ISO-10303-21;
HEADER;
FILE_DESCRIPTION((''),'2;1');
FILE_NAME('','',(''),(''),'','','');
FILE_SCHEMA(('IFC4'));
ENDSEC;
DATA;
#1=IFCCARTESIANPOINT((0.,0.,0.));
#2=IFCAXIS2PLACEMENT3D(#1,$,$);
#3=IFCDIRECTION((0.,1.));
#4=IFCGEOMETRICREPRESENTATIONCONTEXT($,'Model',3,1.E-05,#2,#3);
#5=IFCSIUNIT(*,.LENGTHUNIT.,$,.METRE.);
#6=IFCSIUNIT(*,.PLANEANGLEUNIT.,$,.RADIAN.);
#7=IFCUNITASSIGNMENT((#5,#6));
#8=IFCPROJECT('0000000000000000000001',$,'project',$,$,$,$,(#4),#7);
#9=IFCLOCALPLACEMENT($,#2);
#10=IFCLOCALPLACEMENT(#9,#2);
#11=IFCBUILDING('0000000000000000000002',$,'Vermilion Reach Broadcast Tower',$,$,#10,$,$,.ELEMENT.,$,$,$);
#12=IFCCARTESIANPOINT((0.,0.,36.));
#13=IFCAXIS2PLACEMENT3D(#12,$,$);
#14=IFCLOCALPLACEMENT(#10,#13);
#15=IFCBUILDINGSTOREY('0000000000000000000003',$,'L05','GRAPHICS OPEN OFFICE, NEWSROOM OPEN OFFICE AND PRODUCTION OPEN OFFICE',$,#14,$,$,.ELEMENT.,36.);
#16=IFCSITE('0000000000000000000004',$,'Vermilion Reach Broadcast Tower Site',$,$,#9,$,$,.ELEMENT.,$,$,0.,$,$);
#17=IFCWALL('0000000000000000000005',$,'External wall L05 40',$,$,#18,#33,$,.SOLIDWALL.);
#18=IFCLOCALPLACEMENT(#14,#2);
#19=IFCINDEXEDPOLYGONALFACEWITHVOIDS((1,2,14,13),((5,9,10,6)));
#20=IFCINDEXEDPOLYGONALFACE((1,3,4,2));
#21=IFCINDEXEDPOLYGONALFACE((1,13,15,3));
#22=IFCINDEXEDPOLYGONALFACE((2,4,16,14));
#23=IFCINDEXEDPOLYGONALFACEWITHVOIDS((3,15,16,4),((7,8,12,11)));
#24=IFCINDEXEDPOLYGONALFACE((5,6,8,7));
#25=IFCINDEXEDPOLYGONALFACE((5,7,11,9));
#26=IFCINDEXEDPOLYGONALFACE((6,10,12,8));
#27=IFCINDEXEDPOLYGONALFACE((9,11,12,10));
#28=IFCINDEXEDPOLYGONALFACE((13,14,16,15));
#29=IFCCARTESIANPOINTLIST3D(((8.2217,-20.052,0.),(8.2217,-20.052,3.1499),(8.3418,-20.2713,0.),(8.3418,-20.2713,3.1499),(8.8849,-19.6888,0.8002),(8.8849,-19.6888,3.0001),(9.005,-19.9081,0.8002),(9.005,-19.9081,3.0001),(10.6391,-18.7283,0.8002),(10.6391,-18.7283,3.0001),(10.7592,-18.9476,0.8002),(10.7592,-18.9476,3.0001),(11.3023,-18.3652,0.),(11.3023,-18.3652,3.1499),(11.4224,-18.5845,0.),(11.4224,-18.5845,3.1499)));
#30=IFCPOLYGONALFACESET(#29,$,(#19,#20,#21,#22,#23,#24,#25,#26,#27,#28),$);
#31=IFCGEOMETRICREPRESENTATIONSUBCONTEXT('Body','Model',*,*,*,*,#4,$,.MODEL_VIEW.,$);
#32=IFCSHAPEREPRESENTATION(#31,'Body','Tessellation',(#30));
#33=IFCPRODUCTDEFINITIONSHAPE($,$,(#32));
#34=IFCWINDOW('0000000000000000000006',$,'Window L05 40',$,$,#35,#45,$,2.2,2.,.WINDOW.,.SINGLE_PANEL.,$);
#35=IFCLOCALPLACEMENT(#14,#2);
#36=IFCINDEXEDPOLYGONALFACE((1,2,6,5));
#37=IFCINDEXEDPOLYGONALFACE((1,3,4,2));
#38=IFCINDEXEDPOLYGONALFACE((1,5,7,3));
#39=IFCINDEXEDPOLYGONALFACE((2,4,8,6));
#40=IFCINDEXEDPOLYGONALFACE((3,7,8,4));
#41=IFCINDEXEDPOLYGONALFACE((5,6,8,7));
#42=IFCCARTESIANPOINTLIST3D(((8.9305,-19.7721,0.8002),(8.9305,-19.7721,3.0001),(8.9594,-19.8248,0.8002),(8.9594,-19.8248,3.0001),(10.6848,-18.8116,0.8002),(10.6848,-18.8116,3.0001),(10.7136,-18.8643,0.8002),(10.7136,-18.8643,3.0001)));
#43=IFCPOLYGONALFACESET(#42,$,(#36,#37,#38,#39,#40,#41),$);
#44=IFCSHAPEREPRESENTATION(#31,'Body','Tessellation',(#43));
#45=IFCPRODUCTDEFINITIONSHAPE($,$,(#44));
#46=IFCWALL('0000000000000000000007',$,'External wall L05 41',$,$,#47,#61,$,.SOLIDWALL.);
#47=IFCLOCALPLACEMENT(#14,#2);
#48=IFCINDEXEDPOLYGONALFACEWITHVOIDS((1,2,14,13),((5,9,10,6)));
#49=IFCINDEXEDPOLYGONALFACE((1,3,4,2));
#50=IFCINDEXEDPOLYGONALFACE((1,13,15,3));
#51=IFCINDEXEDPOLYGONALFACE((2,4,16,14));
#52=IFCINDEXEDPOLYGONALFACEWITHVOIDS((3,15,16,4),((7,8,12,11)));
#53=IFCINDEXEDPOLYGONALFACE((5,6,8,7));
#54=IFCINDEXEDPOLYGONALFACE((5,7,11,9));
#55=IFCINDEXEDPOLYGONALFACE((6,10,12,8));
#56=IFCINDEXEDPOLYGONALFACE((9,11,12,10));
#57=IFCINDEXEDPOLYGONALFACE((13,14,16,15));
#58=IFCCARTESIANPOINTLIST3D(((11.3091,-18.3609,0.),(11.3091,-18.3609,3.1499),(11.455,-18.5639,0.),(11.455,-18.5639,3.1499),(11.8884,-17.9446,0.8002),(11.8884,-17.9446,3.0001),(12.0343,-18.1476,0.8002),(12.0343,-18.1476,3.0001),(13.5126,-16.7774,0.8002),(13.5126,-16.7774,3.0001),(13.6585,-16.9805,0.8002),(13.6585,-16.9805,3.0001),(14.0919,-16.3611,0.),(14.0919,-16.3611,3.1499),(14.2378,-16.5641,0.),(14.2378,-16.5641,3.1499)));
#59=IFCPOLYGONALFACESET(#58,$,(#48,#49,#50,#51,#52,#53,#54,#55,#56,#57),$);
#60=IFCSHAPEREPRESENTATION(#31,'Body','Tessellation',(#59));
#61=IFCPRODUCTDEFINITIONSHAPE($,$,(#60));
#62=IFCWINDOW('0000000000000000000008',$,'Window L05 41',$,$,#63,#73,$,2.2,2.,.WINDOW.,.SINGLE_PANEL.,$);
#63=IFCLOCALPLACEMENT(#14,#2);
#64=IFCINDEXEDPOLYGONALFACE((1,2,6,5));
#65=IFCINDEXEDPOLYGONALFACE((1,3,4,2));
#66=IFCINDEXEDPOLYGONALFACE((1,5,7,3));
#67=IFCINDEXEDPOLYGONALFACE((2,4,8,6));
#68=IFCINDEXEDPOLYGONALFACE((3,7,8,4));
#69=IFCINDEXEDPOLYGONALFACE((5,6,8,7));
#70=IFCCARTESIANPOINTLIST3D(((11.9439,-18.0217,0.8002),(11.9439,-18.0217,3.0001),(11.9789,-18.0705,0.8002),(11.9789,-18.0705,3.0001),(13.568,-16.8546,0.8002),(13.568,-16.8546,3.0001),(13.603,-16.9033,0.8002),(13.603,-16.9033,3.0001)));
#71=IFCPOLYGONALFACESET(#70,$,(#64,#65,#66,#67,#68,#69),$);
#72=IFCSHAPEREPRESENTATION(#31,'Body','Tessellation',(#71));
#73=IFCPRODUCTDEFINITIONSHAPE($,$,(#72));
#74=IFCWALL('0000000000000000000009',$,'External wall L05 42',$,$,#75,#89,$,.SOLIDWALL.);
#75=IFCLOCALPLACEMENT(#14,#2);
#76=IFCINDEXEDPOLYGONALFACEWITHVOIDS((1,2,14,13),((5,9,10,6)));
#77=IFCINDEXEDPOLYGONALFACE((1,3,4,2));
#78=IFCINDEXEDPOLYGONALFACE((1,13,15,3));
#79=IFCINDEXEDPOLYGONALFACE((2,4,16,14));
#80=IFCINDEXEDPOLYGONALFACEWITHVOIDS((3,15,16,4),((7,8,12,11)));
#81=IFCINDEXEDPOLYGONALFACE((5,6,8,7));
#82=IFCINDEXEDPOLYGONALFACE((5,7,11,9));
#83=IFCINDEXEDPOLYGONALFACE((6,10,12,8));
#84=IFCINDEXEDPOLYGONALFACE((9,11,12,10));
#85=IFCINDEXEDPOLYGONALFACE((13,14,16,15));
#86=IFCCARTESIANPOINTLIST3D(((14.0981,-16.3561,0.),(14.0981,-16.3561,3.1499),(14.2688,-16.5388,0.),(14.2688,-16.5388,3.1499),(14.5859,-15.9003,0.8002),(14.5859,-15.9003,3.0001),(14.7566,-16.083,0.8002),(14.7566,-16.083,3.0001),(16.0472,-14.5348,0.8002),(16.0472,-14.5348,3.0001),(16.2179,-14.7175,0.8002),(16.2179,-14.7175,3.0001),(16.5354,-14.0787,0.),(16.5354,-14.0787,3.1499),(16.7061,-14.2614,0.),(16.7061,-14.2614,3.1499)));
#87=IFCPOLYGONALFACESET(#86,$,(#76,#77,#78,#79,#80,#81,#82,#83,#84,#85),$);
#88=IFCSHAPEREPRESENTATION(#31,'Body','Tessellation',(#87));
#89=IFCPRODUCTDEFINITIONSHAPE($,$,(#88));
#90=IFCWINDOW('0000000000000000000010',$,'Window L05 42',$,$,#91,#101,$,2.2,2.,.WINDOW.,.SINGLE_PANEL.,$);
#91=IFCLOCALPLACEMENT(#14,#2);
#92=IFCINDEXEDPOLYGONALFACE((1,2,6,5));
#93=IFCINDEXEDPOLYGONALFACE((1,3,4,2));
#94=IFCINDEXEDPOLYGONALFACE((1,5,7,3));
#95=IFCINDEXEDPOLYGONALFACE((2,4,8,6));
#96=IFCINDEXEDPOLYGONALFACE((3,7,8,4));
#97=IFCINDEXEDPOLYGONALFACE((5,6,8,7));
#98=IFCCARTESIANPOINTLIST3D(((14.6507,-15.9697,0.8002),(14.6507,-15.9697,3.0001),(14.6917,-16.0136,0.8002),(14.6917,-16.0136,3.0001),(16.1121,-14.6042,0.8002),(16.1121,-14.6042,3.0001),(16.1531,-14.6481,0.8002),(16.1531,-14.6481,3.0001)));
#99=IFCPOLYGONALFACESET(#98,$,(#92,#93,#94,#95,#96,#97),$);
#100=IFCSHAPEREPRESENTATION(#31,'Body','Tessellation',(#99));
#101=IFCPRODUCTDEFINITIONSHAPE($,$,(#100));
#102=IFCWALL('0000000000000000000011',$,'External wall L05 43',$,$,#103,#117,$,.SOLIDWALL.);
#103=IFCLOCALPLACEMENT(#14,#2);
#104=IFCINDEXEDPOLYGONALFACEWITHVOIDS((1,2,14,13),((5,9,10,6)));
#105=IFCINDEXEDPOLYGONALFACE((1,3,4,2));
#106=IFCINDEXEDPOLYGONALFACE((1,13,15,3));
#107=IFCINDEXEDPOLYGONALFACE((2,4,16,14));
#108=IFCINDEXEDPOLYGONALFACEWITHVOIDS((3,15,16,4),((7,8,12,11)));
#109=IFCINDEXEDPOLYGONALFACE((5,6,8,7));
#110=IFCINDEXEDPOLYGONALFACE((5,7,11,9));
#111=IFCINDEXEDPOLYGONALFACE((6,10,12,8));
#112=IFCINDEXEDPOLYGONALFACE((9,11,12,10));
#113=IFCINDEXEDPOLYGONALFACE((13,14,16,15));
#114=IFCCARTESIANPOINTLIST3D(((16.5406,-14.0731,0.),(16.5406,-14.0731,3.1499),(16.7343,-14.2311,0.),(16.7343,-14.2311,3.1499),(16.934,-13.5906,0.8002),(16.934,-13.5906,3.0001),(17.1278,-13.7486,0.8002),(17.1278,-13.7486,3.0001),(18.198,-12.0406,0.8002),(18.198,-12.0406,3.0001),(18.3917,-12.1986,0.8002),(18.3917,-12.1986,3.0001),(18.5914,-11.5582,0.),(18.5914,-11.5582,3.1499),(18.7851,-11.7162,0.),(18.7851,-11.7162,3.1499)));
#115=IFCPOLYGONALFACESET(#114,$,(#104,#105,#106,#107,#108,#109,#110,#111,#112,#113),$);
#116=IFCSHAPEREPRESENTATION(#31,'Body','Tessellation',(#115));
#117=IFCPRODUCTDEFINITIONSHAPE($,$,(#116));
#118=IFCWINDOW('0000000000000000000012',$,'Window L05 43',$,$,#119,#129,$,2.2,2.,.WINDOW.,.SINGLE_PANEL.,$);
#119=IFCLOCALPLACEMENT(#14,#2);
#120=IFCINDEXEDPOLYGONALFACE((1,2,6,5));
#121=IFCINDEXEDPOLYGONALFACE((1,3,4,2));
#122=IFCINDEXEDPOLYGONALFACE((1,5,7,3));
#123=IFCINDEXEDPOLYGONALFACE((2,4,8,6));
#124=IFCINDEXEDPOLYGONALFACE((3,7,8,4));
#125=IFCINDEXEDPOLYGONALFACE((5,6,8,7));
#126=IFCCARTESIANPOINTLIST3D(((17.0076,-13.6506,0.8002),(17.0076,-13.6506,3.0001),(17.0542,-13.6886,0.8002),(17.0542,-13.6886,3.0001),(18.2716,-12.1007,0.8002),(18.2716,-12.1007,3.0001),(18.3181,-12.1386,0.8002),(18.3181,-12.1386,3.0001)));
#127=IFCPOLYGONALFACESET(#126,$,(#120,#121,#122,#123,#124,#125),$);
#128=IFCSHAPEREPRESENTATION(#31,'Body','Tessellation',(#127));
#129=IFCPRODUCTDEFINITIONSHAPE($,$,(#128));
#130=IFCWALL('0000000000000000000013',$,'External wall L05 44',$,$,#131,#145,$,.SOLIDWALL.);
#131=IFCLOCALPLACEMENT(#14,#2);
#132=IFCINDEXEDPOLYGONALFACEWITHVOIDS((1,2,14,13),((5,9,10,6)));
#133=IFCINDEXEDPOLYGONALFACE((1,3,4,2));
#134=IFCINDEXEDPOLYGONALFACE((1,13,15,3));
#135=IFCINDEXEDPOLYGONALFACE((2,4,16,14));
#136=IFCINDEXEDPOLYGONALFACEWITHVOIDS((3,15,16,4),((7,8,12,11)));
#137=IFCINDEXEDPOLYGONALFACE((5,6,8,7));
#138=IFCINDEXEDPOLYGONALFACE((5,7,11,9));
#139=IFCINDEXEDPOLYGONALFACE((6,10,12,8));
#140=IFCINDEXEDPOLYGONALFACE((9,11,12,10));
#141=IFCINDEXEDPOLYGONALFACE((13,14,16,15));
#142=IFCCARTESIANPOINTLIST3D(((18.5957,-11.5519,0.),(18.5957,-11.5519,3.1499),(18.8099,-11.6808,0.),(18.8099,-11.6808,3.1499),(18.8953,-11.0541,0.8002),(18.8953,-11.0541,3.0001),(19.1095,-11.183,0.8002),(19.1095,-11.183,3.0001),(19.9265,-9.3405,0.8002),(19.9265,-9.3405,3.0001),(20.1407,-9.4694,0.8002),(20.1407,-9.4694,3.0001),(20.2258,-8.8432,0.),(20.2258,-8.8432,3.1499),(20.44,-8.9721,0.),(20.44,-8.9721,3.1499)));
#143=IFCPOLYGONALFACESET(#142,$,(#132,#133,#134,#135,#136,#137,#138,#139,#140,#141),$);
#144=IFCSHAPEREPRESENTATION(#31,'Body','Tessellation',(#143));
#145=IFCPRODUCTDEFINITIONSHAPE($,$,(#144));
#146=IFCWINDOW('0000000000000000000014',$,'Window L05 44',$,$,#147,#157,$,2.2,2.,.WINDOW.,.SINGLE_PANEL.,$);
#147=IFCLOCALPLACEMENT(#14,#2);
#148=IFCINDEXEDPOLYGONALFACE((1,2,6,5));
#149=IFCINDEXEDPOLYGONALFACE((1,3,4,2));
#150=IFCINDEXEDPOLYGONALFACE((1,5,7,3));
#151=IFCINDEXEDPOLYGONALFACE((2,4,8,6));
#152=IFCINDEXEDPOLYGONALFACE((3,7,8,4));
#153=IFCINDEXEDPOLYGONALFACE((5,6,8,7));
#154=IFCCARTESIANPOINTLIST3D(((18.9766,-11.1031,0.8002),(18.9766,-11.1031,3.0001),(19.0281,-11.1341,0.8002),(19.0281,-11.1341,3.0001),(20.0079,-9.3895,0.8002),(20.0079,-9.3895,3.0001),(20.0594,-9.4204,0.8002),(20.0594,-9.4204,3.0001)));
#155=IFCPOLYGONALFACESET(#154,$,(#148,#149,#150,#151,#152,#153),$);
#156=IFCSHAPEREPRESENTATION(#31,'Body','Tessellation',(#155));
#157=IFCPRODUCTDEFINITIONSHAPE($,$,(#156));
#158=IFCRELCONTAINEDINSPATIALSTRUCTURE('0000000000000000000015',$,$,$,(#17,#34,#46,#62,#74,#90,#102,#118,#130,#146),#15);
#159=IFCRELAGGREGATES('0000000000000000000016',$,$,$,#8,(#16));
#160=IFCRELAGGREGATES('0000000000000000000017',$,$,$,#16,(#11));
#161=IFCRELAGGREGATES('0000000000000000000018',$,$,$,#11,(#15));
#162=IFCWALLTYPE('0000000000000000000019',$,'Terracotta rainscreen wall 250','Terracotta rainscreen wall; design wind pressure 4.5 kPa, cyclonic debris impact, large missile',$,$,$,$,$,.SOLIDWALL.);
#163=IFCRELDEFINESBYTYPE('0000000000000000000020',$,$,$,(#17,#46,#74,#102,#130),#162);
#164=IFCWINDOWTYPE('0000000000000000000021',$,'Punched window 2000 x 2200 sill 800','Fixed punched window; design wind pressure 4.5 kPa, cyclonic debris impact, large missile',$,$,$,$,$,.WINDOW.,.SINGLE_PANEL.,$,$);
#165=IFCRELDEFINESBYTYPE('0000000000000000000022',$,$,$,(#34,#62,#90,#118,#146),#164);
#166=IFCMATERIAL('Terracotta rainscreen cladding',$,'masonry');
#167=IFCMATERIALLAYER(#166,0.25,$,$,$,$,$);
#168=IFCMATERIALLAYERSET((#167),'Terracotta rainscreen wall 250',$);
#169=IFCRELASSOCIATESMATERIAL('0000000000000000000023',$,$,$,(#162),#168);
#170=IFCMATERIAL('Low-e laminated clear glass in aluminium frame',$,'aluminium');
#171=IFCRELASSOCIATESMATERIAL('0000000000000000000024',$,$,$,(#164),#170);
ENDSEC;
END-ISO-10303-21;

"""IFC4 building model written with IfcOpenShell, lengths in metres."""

from ifc_helpers import new_model, si_unit, direction, frame, frame_2d, origin, place, context, subcontext, project, spatial, rectangle, extrude, material, layer, layer_set, type_object, element, fill, save


model = new_model("IFC4")

# Units and contexts
model_context = context("Model", 3, precision=1e-05, world=origin(), true_north=direction((0.0, 1.0)))
body_context = subcontext(model_context, "Body", "Model", "MODEL_VIEW")
ifc_project = project(units=[si_unit("LENGTHUNIT", "METRE"), si_unit("PLANEANGLEUNIT", "RADIAN")], contexts=[model_context])

# Site, building, storey
site_placement = place(None, origin())
site = spatial("IfcSite", under=ifc_project, at=site_placement, Name="Vermilion Reach Broadcast Tower Site", CompositionType="ELEMENT", RefElevation=0.0)
building_placement = place(site_placement, origin())
building = spatial("IfcBuilding", under=site, at=building_placement, Name="Vermilion Reach Broadcast Tower", CompositionType="ELEMENT")
storey_placement = place(building_placement, frame((0.0, 0.0, 36.0)))
storey = spatial("IfcBuildingStorey", under=building, at=storey_placement, Name="L05", Description="GRAPHICS OPEN OFFICE, NEWSROOM OPEN OFFICE AND PRODUCTION OPEN OFFICE", CompositionType="ELEMENT", Elevation=36.0)

# Walls, openings, windows
ifc_material_1 = material(Name="Terracotta rainscreen cladding", Category="masonry")
ifc_layer_1 = layer(ifc_material_1, 0.25)
ifc_layer_set_1 = layer_set([ifc_layer_1], Name="Terracotta rainscreen wall 250")
wall_type_1 = type_object("IfcWallType", Name="Terracotta rainscreen wall 250", Description="Terracotta rainscreen wall; design wind pressure 4.5 kPa, cyclonic debris impact, large missile", PredefinedType="SOLIDWALL", material=ifc_layer_set_1)
ifc_material_2 = material(Name="Low-e laminated clear glass in aluminium frame", Category="aluminium")
window_type = type_object("IfcWindowType", Name="Punched window 2000 x 2200 sill 800", Description="Fixed punched window; design wind pressure 4.5 kPa, cyclonic debris impact, large missile", PartitioningType="SINGLE_PANEL", PredefinedType="WINDOW", material=ifc_material_2)
wall_1_placement = place(storey_placement, frame((8.2817, -20.1616, 0.0), z_axis=(0.0, 0.0, 1.0), x_axis=(0.877121, 0.480269, 0.0)))
wall_1 = element("IfcWall", 1, at=wall_1_placement, inside=storey, type_object=wall_type_1, Name="External wall L05 40", PredefinedType="SOLIDWALL", context=body_context, shape_type="SweptSolid", body=[
    extrude(rectangle(XDim=3.5122, YDim=0.25, at=frame_2d((1.7561, 0.0))), origin(), (0.0, 0.0, 1.0), 3.1499),
])
opening_1_placement = place(wall_1_placement, frame((0.7561, 0.0, 0.8)))
opening_1 = element("IfcOpeningElement", 2, at=opening_1_placement, cuts=wall_1, PredefinedType="OPENING", context=body_context, shape_type="SweptSolid", body=[
    extrude(rectangle(XDim=2.0, YDim=2.2, at=frame_2d((1.0, 1.1001))), frame((0.0, 0.135, 0.0), z_axis=(0.0, -1.0, 0.0), x_axis=(1.0, 0.0, 0.0)), (0.0, 0.0, 1.0), 0.27),
])
window_1_placement = place(opening_1_placement, origin())
window_1 = element("IfcWindow", 3, at=window_1_placement, inside=storey, type_object=window_type, Name="Window L05 40", OverallHeight=2.2, OverallWidth=2.0, PartitioningType="SINGLE_PANEL", PredefinedType="WINDOW", context=body_context, shape_type="SweptSolid", body=[
    extrude(rectangle(XDim=2.0, YDim=2.2, at=frame_2d((1.0, 1.1001))), frame((0.0, 0.03, 0.0), z_axis=(0.0, -1.0, 0.0), x_axis=(1.0, 0.0, 0.0)), (0.0, 0.0, 1.0), 0.0601),
])
fill(opening_1, window_1)
wall_2_placement = place(storey_placement, frame((11.3821, -18.4624, 0.0), z_axis=(0.0, 0.0, 1.0), x_axis=(0.81206, 0.583574, 0.0)))
wall_2 = element("IfcWall", 4, at=wall_2_placement, inside=storey, type_object=wall_type_1, Name="External wall L05 41", PredefinedType="SOLIDWALL", context=body_context, shape_type="SweptSolid", body=[
    extrude(rectangle(XDim=3.4268, YDim=0.25, at=frame_2d((1.7134, 0.0))), origin(), (0.0, 0.0, 1.0), 3.1499),
])
opening_2_placement = place(wall_2_placement, frame((0.7134, 0.0, 0.8)))
opening_2 = element("IfcOpeningElement", 5, at=opening_2_placement, cuts=wall_2, PredefinedType="OPENING", context=body_context, shape_type="SweptSolid", body=[
    extrude(rectangle(XDim=2.0, YDim=2.2, at=frame_2d((1.0, 1.1001))), frame((0.0, 0.135, 0.0), z_axis=(0.0, -1.0, 0.0), x_axis=(1.0, 0.0, 0.0)), (0.0, 0.0, 1.0), 0.27),
])
window_2_placement = place(opening_2_placement, origin())
window_2 = element("IfcWindow", 6, at=window_2_placement, inside=storey, type_object=window_type, Name="Window L05 41", OverallHeight=2.2, OverallWidth=2.0, PartitioningType="SINGLE_PANEL", PredefinedType="WINDOW", context=body_context, shape_type="SweptSolid", body=[
    extrude(rectangle(XDim=2.0, YDim=2.2, at=frame_2d((1.0, 1.1001))), frame((0.0, 0.03, 0.0), z_axis=(0.0, -1.0, 0.0), x_axis=(1.0, 0.0, 0.0)), (0.0, 0.0, 1.0), 0.0601),
])
fill(opening_2, window_2)
wall_3_placement = place(storey_placement, frame((14.1833, -16.4475, 0.0), z_axis=(0.0, 0.0, 1.0), x_axis=(0.730671, 0.68273, 0.0)))
wall_3 = element("IfcWall", 7, at=wall_3_placement, inside=storey, type_object=wall_type_1, Name="External wall L05 42", PredefinedType="SOLIDWALL", context=body_context, shape_type="SweptSolid", body=[
    extrude(rectangle(XDim=3.3357, YDim=0.25, at=frame_2d((1.668, 0.0))), origin(), (0.0, 0.0, 1.0), 3.1499),
])
opening_3_placement = place(wall_3_placement, frame((0.6677, 0.0, 0.8)))
opening_3 = element("IfcOpeningElement", 8, at=opening_3_placement, cuts=wall_3, PredefinedType="OPENING", context=body_context, shape_type="SweptSolid", body=[
    extrude(rectangle(XDim=2.0, YDim=2.2, at=frame_2d((1.0, 1.1001))), frame((0.0, 0.135, 0.0), z_axis=(0.0, -1.0, 0.0), x_axis=(1.0, 0.0, 0.0)), (0.0, 0.0, 1.0), 0.27),
])
window_3_placement = place(opening_3_placement, origin())
window_3 = element("IfcWindow", 9, at=window_3_placement, inside=storey, type_object=window_type, Name="Window L05 42", OverallHeight=2.2, OverallWidth=2.0, PartitioningType="SINGLE_PANEL", PredefinedType="WINDOW", context=body_context, shape_type="SweptSolid", body=[
    extrude(rectangle(XDim=2.0, YDim=2.2, at=frame_2d((1.0, 1.1001))), frame((0.0, 0.03, 0.0), z_axis=(0.0, -1.0, 0.0), x_axis=(1.0, 0.0, 0.0)), (0.0, 0.0, 1.0), 0.0601),
])
fill(opening_3, window_3)
wall_4_placement = place(storey_placement, frame((16.6375, -14.1521, 0.0), z_axis=(0.0, 0.0, 1.0), x_axis=(0.631971, 0.774992, 0.0)))
wall_4 = element("IfcWall", 10, at=wall_4_placement, inside=storey, type_object=wall_type_1, Name="External wall L05 43", PredefinedType="SOLIDWALL", context=body_context, shape_type="SweptSolid", body=[
    extrude(rectangle(XDim=3.2451, YDim=0.25, at=frame_2d((1.6226, 0.0))), origin(), (0.0, 0.0, 1.0), 3.1499),
])
opening_4_placement = place(wall_4_placement, frame((0.6226, 0.0, 0.8)))
opening_4 = element("IfcOpeningElement", 11, at=opening_4_placement, cuts=wall_4, PredefinedType="OPENING", context=body_context, shape_type="SweptSolid", body=[
    extrude(rectangle(XDim=2.0, YDim=2.2, at=frame_2d((1.0, 1.1001))), frame((0.0, 0.135, 0.0), z_axis=(0.0, -1.0, 0.0), x_axis=(1.0, 0.0, 0.0)), (0.0, 0.0, 1.0), 0.27),
])
window_4_placement = place(opening_4_placement, origin())
window_4 = element("IfcWindow", 12, at=window_4_placement, inside=storey, type_object=window_type, Name="Window L05 43", OverallHeight=2.2, OverallWidth=2.0, PartitioningType="SINGLE_PANEL", PredefinedType="WINDOW", context=body_context, shape_type="SweptSolid", body=[
    extrude(rectangle(XDim=2.0, YDim=2.2, at=frame_2d((1.0, 1.1001))), frame((0.0, 0.03, 0.0), z_axis=(0.0, -1.0, 0.0), x_axis=(1.0, 0.0, 0.0)), (0.0, 0.0, 1.0), 0.0601),
])
fill(opening_4, window_4)
wall_5_placement = place(storey_placement, frame((18.7029, -11.6162, 0.0), z_axis=(0.0, 0.0, 1.0), x_axis=(0.515631, 0.856811, 0.0)))
wall_5 = element("IfcWall", 13, at=wall_5_placement, inside=storey, type_object=wall_type_1, Name="External wall L05 44", PredefinedType="SOLIDWALL", context=body_context, shape_type="SweptSolid", body=[
    extrude(rectangle(XDim=3.1614, YDim=0.25, at=frame_2d((1.5806, 0.0))), origin(), (0.0, 0.0, 1.0), 3.1499),
])
opening_5_placement = place(wall_5_placement, frame((0.5808, 0.0, 0.8)))
opening_5 = element("IfcOpeningElement", 14, at=opening_5_placement, cuts=wall_5, PredefinedType="OPENING", context=body_context, shape_type="SweptSolid", body=[
    extrude(rectangle(XDim=2.0, YDim=2.2, at=frame_2d((1.0, 1.1001))), frame((0.0, 0.135, 0.0), z_axis=(0.0, -1.0, 0.0), x_axis=(1.0, 0.0, 0.0)), (0.0, 0.0, 1.0), 0.27),
])
window_5_placement = place(opening_5_placement, origin())
window_5 = element("IfcWindow", 15, at=window_5_placement, inside=storey, type_object=window_type, Name="Window L05 44", OverallHeight=2.2, OverallWidth=2.0, PartitioningType="SINGLE_PANEL", PredefinedType="WINDOW", context=body_context, shape_type="SweptSolid", body=[
    extrude(rectangle(XDim=2.0, YDim=2.2, at=frame_2d((1.0, 1.1001))), frame((0.0, 0.03, 0.0), z_axis=(0.0, -1.0, 0.0), x_axis=(1.0, 0.0, 0.0)), (0.0, 0.0, 1.0), 0.0601),
])
fill(opening_5, window_5)

save(model, "model.ifc")
